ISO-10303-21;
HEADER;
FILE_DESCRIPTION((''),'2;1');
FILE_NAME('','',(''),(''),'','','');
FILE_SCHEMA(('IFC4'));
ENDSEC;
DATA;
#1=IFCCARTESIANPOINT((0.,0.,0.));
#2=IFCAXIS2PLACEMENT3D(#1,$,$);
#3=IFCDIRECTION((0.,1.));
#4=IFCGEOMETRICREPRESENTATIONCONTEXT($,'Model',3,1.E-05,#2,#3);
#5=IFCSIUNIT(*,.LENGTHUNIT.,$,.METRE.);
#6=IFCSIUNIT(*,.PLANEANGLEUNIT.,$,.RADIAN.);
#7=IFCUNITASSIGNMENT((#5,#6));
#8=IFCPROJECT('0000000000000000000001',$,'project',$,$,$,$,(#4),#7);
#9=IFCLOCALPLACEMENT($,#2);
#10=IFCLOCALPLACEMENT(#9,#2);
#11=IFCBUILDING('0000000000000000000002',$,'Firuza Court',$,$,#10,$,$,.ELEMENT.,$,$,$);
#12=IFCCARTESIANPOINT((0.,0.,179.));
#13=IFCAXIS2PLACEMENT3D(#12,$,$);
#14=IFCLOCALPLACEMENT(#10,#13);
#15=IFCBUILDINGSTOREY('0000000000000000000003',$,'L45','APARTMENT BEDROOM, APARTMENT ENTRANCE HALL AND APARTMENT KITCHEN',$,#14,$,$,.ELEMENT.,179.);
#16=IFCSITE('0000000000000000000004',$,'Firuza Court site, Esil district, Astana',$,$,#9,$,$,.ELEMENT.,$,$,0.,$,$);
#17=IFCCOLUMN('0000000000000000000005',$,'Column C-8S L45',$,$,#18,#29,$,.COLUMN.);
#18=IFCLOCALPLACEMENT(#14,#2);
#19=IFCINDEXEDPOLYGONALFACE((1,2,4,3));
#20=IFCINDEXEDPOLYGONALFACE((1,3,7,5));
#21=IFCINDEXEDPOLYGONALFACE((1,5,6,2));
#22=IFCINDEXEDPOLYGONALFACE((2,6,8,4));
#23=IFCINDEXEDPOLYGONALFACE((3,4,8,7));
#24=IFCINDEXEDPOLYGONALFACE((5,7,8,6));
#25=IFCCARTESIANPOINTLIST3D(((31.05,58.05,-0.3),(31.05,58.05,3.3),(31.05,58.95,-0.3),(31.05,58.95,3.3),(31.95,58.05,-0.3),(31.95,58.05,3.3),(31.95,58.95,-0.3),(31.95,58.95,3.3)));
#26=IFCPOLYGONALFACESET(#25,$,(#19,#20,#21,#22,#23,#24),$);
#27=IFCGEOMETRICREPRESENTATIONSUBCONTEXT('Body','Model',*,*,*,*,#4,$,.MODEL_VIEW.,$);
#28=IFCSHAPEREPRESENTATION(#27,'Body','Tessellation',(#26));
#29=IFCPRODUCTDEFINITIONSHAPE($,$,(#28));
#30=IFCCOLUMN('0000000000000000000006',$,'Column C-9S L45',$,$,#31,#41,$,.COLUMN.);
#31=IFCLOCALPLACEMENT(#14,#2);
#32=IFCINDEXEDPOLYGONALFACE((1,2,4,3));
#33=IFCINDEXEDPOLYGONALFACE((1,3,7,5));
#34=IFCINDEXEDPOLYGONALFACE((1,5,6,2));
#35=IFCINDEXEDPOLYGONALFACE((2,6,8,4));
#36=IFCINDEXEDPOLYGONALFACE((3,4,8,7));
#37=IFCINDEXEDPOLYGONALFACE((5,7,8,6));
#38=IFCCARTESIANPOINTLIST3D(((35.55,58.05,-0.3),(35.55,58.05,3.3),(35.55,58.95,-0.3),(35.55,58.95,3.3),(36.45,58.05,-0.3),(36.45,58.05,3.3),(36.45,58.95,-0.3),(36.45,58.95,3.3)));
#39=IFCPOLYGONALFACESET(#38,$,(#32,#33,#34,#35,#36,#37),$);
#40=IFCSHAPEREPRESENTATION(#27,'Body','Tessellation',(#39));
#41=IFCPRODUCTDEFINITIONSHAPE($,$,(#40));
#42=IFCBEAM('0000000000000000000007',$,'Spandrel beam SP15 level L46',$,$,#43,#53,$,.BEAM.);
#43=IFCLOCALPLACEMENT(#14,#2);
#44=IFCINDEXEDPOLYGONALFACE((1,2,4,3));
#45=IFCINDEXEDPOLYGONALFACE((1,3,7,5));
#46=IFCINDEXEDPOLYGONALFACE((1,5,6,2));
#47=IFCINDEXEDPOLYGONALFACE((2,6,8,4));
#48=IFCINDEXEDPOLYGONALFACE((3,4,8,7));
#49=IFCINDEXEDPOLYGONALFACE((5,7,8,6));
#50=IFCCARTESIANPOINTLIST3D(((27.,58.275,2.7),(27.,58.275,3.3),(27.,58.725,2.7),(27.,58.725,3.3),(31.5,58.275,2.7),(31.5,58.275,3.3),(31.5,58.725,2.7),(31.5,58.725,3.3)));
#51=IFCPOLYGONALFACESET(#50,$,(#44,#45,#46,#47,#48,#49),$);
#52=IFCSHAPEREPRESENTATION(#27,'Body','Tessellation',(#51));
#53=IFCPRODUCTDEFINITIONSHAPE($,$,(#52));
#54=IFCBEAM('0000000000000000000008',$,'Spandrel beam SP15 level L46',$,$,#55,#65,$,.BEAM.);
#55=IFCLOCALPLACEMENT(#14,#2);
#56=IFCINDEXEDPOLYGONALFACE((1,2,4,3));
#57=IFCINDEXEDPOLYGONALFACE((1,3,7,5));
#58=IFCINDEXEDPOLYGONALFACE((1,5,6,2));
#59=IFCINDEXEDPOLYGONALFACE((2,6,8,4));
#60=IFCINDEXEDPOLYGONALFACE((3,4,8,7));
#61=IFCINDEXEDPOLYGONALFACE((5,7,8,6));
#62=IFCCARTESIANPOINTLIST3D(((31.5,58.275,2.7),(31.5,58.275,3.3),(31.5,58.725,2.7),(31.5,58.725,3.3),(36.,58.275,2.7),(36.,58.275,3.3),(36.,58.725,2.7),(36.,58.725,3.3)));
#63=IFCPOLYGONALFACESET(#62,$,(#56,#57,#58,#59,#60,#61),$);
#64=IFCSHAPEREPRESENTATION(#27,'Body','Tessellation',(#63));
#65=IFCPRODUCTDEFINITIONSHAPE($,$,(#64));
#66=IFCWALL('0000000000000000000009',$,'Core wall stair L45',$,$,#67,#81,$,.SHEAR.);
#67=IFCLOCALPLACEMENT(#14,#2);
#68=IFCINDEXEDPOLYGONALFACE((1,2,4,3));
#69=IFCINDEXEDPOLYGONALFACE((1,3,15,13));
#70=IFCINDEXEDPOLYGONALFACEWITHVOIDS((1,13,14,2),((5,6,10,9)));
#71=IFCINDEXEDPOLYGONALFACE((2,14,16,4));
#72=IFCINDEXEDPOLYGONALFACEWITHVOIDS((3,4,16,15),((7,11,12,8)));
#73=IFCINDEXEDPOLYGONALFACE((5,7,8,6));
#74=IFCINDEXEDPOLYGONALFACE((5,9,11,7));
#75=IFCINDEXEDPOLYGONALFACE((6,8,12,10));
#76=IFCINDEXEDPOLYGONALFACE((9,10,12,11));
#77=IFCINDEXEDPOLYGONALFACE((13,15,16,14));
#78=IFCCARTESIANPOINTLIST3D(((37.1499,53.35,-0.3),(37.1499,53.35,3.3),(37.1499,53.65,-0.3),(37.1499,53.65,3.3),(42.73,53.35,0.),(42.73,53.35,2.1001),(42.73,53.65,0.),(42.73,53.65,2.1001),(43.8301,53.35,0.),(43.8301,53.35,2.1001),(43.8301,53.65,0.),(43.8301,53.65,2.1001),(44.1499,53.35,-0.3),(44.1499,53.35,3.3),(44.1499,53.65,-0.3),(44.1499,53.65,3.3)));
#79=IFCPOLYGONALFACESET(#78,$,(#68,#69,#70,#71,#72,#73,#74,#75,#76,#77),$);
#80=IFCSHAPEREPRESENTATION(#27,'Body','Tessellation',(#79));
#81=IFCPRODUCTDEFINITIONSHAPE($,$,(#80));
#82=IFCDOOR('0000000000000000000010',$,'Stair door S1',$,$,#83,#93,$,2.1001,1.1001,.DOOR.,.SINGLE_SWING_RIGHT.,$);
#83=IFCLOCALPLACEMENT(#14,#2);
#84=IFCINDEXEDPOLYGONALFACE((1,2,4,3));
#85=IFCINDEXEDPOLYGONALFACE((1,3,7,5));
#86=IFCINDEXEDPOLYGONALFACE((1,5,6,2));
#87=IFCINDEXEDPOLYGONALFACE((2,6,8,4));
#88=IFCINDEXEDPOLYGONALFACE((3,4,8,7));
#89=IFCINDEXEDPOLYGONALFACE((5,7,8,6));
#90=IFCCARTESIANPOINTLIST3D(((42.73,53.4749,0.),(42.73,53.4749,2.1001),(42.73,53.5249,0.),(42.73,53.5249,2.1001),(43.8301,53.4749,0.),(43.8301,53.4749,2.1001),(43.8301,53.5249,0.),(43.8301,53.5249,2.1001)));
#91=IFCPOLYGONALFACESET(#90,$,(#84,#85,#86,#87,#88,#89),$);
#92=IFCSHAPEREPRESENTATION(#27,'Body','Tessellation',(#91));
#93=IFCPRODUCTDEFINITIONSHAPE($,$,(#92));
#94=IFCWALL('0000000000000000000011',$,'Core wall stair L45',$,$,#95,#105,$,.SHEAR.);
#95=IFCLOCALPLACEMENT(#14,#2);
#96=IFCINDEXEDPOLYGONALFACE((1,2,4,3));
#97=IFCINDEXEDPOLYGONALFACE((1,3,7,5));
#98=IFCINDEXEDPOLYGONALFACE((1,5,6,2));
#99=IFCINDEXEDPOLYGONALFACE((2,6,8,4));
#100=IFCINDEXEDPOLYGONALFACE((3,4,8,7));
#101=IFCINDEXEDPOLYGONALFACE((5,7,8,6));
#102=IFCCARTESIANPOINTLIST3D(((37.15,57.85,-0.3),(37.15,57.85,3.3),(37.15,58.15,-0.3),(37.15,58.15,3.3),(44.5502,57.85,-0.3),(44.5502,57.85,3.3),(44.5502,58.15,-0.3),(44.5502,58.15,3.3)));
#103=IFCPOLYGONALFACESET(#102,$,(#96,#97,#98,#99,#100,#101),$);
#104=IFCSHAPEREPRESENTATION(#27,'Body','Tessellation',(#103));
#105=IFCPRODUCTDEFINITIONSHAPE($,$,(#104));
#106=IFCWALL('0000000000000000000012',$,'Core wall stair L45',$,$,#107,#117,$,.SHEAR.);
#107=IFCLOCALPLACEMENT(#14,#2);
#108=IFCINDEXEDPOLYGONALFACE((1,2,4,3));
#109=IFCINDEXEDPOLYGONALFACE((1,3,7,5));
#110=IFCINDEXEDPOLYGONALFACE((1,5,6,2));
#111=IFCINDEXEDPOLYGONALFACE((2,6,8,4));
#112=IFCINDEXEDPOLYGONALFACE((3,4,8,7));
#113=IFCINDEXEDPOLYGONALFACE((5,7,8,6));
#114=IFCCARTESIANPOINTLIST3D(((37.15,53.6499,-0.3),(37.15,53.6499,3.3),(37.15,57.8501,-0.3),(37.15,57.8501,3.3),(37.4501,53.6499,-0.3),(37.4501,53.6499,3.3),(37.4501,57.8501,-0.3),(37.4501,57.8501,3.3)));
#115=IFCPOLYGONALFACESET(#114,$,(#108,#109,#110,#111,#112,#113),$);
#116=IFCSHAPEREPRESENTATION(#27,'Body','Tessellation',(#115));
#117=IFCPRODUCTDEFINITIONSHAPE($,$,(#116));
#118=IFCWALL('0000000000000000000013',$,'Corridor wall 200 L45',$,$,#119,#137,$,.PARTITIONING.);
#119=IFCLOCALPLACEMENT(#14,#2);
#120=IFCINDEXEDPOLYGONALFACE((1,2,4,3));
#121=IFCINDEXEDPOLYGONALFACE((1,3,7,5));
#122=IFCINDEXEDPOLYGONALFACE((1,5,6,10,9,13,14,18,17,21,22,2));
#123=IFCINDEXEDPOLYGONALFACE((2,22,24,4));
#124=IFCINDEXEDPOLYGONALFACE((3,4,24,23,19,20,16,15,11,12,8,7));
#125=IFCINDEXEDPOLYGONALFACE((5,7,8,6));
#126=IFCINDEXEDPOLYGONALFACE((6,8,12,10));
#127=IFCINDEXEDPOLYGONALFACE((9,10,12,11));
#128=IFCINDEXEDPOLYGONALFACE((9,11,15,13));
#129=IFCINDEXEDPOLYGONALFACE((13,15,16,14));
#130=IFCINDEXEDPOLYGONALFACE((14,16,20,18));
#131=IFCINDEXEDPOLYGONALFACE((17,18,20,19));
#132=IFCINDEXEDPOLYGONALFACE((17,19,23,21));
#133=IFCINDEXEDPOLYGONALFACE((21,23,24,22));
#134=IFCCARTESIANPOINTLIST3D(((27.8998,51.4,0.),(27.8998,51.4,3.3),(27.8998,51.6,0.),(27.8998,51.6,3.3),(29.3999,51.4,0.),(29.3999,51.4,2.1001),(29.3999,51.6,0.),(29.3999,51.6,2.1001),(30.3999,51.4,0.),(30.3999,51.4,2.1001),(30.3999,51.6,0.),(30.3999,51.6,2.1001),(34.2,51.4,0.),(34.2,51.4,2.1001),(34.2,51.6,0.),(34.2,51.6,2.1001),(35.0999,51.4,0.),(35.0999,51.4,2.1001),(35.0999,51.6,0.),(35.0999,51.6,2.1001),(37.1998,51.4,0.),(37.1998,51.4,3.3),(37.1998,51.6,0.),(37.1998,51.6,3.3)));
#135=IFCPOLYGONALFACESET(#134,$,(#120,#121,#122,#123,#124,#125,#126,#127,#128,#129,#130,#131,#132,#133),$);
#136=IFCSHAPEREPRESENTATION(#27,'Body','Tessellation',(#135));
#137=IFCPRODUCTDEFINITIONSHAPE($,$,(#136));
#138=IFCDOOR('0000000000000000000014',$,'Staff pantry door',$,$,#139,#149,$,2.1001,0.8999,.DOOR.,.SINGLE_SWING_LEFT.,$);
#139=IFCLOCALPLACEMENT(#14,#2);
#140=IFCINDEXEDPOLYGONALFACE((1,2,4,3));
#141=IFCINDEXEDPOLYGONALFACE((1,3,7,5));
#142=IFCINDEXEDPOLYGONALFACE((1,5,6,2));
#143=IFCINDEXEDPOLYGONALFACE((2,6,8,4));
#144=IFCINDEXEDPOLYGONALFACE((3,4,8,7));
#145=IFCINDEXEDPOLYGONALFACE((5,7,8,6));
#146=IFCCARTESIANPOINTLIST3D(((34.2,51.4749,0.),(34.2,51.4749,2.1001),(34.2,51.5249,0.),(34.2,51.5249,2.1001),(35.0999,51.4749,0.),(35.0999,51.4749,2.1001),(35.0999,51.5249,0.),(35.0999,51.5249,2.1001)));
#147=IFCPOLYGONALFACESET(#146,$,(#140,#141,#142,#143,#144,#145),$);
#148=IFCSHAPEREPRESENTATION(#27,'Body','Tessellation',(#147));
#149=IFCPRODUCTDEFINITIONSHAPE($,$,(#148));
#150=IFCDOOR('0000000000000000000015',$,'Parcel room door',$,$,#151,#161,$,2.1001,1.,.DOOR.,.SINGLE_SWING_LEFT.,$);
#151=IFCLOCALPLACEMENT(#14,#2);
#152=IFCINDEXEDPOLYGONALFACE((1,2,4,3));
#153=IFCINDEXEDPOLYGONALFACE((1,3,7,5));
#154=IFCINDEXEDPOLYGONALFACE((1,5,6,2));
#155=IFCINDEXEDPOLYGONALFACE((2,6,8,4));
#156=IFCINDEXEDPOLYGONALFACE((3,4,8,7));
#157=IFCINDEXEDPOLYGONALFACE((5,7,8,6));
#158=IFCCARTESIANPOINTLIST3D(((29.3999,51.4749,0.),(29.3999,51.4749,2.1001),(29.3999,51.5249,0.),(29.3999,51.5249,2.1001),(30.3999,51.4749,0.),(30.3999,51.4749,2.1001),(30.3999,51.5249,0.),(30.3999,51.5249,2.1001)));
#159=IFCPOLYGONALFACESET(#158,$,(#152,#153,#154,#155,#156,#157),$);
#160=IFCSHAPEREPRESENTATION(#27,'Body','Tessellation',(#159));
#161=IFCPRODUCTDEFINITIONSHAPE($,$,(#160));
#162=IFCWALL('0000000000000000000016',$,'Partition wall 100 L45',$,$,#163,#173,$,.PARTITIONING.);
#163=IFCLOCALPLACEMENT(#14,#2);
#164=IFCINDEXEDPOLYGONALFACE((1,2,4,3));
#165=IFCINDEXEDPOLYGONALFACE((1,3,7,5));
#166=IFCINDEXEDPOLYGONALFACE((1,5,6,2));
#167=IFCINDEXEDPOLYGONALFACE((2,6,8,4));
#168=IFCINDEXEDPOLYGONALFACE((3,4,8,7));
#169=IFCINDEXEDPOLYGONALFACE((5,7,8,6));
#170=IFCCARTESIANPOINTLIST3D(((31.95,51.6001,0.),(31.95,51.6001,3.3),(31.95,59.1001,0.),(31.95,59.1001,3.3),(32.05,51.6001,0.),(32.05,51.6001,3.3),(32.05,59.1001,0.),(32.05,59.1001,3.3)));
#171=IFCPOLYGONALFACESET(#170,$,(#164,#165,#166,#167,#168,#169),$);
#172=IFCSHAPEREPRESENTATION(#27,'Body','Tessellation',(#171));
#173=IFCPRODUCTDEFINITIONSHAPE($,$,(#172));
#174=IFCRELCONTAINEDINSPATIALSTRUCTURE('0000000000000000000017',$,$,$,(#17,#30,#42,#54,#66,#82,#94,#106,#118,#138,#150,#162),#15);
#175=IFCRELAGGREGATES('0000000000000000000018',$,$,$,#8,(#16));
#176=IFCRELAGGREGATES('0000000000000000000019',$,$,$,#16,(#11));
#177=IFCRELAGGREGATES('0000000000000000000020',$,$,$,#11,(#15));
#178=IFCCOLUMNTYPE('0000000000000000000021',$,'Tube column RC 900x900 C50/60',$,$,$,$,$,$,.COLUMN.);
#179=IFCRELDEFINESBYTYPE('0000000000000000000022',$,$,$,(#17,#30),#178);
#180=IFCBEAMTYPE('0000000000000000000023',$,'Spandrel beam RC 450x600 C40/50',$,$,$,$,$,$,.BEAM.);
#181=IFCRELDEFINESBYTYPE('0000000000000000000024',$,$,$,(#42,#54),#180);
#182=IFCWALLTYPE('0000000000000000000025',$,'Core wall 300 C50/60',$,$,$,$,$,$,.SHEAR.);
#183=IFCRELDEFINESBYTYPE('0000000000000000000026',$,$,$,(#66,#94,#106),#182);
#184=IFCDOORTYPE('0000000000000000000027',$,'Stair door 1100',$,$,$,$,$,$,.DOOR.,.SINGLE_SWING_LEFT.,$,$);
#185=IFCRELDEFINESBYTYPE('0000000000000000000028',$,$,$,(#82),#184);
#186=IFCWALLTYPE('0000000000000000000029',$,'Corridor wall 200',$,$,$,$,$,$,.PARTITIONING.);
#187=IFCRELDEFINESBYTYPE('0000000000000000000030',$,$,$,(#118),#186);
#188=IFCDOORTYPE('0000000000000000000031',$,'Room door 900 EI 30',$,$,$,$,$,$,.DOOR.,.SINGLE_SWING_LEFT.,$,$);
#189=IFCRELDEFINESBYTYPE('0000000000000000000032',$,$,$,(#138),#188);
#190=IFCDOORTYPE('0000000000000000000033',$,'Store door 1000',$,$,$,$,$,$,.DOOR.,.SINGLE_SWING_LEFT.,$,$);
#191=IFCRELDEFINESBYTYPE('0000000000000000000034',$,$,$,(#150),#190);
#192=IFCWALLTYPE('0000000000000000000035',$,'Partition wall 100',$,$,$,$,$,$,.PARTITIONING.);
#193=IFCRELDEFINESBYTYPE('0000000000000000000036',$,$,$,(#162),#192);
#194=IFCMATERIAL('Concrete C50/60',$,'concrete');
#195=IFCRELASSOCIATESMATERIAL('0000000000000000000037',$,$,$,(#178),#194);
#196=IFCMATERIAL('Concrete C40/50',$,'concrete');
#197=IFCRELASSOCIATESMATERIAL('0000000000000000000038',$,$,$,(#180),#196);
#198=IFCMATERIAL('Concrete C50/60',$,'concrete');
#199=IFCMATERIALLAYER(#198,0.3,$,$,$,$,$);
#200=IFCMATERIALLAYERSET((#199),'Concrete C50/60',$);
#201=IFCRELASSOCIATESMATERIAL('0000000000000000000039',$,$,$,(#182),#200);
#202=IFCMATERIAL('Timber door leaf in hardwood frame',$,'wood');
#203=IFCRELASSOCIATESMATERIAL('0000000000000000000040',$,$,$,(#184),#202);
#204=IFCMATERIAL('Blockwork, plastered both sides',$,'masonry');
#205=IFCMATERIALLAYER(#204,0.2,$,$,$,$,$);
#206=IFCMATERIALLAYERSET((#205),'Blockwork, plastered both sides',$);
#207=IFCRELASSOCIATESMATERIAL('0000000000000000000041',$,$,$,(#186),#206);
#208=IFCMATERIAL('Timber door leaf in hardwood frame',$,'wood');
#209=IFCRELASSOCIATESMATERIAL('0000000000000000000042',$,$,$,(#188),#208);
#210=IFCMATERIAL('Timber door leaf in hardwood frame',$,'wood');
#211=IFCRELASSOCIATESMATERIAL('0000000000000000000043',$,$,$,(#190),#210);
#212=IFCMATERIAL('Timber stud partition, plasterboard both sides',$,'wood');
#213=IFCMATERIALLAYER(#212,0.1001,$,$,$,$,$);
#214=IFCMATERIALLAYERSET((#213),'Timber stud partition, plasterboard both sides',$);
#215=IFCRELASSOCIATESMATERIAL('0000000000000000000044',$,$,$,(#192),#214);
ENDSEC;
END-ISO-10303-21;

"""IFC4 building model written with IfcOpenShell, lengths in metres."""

from ifc_helpers import new_model, si_unit, direction, frame, frame_2d, origin, origin_2d, place, context, subcontext, project, spatial, rectangle, extrude, material, layer, layer_set, material_profile, profile_set, type_object, element, fill, save


model = new_model("IFC4")

# Units and contexts
model_context = context("Model", 3, precision=1e-05, world=origin(), true_north=direction((0.0, 1.0)))
body_context = subcontext(model_context, "Body", "Model", "MODEL_VIEW")
ifc_project = project(units=[si_unit("LENGTHUNIT", "METRE"), si_unit("PLANEANGLEUNIT", "RADIAN")], contexts=[model_context])

# Site, building, storey
site_placement = place(None, origin())
site = spatial("IfcSite", under=ifc_project, at=site_placement, Name="Firuza Court site, Esil district, Astana", CompositionType="ELEMENT", RefElevation=0.0)
building_placement = place(site_placement, origin())
building = spatial("IfcBuilding", under=site, at=building_placement, Name="Firuza Court", CompositionType="ELEMENT")
storey_placement = place(building_placement, frame((0.0, 0.0, 179.0)))
storey = spatial("IfcBuildingStorey", under=building, at=storey_placement, Name="L45", Description="APARTMENT BEDROOM, APARTMENT ENTRANCE HALL AND APARTMENT KITCHEN", CompositionType="ELEMENT", Elevation=179.0)

# Columns
ifc_material_1 = material(Name="Concrete C50/60", Category="concrete")
ifc_material_profile_1 = material_profile(ifc_material_1, rectangle(XDim=0.8999, YDim=0.8999, at=origin_2d()), Name="RC 900x900")
ifc_profile_set_1 = profile_set([ifc_material_profile_1], Name="Concrete C50/60")
column_type = type_object("IfcColumnType", Name="Tube column RC 900x900 C50/60", PredefinedType="COLUMN", material=ifc_profile_set_1)
for number, where, z_axis, x_axis, name in (
    (1, (31.5, 58.5, -0.3), (0.0, 0.0, 1.0), (1.0, 0.0, 0.0), "Column C-8S L45"),
    (2, (36.0, 58.5, -0.3), (0.0, 0.0, 1.0), (1.0, 0.0, 0.0), "Column C-9S L45"),
):
    element("IfcColumn", number, at=place(storey_placement, frame(where, z_axis=z_axis, x_axis=x_axis)), inside=storey, type_object=column_type, Name=name, PredefinedType="COLUMN", context=body_context, shape_type="SweptSolid", body=[
        extrude(rectangle(XDim=0.8999, YDim=0.8999, at=origin_2d()), origin(), (0.0, 0.0, 1.0), 3.6001),
    ])

# Beams
ifc_material_2 = material(Name="Concrete C40/50", Category="concrete")
ifc_material_profile_2 = material_profile(ifc_material_2, rectangle(XDim=0.45, YDim=0.6001, at=origin_2d()), Name="RC 450x600")
ifc_profile_set_2 = profile_set([ifc_material_profile_2], Name="Concrete C40/50")
beam_type = type_object("IfcBeamType", Name="Spandrel beam RC 450x600 C40/50", PredefinedType="BEAM", material=ifc_profile_set_2)
for number, where, z_axis, x_axis, name in (
    (3, (31.5, 58.5, 3.0), (-1.0, 0.0, 0.0), (0.0, -1.0, 0.0), "Spandrel beam SP15 level L46"),
    (4, (36.0, 58.5, 3.0), (-1.0, 0.0, 0.0), (0.0, -1.0, 0.0), "Spandrel beam SP15 level L46"),
):
    element("IfcBeam", number, at=place(storey_placement, frame(where, z_axis=z_axis, x_axis=x_axis)), inside=storey, type_object=beam_type, Name=name, PredefinedType="BEAM", context=body_context, shape_type="SweptSolid", body=[
        extrude(rectangle(XDim=0.45, YDim=0.6001, at=origin_2d()), origin(), (0.0, 0.0, 1.0), 4.5),
    ])

# Wall, opening, door
ifc_material_3 = material(Name="Concrete C50/60", Category="concrete")
ifc_layer_1 = layer(ifc_material_3, 0.3)
ifc_layer_set_1 = layer_set([ifc_layer_1], Name="Concrete C50/60")
wall_type_1 = type_object("IfcWallType", Name="Core wall 300 C50/60", PredefinedType="SHEAR", material=ifc_layer_set_1)
wall_1_placement = place(storey_placement, frame((37.1499, 53.5, -0.3), z_axis=(0.0, 0.0, 1.0), x_axis=(1.0, 0.0, 0.0)))
wall_1 = element("IfcWall", 5, at=wall_1_placement, inside=storey, type_object=wall_type_1, Name="Core wall stair L45", PredefinedType="SHEAR", context=body_context, shape_type="SweptSolid", body=[
    extrude(rectangle(XDim=7.0, YDim=0.3, at=frame_2d((3.5, 0.0))), origin(), (0.0, 0.0, 1.0), 3.6001),
])
opening_1_placement = place(wall_1_placement, frame((5.5801, 0.0, 0.3)))
opening_1 = element("IfcOpeningElement", 6, at=opening_1_placement, cuts=wall_1, PredefinedType="OPENING", context=body_context, shape_type="SweptSolid", body=[
    extrude(rectangle(XDim=1.1001, YDim=2.1001, at=frame_2d((0.55, 1.05))), frame((0.0, 0.1621, 0.0), z_axis=(0.0, -1.0, 0.0), x_axis=(1.0, 0.0, 0.0)), (0.0, 0.0, 1.0), 0.324),
])
ifc_material_4 = material(Name="Timber door leaf in hardwood frame", Category="wood")
door_type_1 = type_object("IfcDoorType", Name="Stair door 1100", OperationType="SINGLE_SWING_LEFT", PredefinedType="DOOR", material=ifc_material_4)
door_1_placement = place(opening_1_placement, origin())
door_1 = element("IfcDoor", 7, at=door_1_placement, inside=storey, type_object=door_type_1, Name="Stair door S1", OperationType="SINGLE_SWING_RIGHT", OverallHeight=2.1001, OverallWidth=1.1001, PredefinedType="DOOR", context=body_context, shape_type="SweptSolid", body=[
    extrude(rectangle(XDim=1.1001, YDim=2.1001, at=frame_2d((0.55, 1.05))), frame((0.0, 0.0249, 0.0), z_axis=(0.0, -1.0, 0.0), x_axis=(1.0, 0.0, 0.0)), (0.0, 0.0, 1.0), 0.05),
])
fill(opening_1, door_1)

# Walls
wall_2_placement = place(storey_placement, frame((37.1499, 58.0, -0.3), z_axis=(0.0, 0.0, 1.0), x_axis=(1.0, 0.0, 0.0)))
element("IfcWall", 8, at=wall_2_placement, inside=storey, type_object=wall_type_1, Name="Core wall stair L45", PredefinedType="SHEAR", context=body_context, shape_type="SweptSolid", body=[
    extrude(rectangle(XDim=7.4001, YDim=0.3, at=frame_2d((3.7002, 0.0))), origin(), (0.0, 0.0, 1.0), 3.6001),
])
wall_3_placement = place(storey_placement, frame((37.3, 53.6499, -0.3), z_axis=(0.0, 0.0, 1.0), x_axis=(0.0, 1.0, 0.0)))
element("IfcWall", 9, at=wall_3_placement, inside=storey, type_object=wall_type_1, Name="Core wall stair L45", PredefinedType="SHEAR", context=body_context, shape_type="SweptSolid", body=[
    extrude(rectangle(XDim=4.2002, YDim=0.3, at=frame_2d((2.1001, 0.0))), origin(), (0.0, 0.0, 1.0), 3.6001),
])

# Wall, openings, doors
ifc_material_5 = material(Name="Blockwork, plastered both sides", Category="masonry")
ifc_layer_2 = layer(ifc_material_5, 0.2)
ifc_layer_set_2 = layer_set([ifc_layer_2], Name="Blockwork, plastered both sides")
wall_type_2 = type_object("IfcWallType", Name="Corridor wall 200", PredefinedType="PARTITIONING", material=ifc_layer_set_2)
wall_4_placement = place(storey_placement, frame((27.8999, 51.5, 0.0), z_axis=(0.0, 0.0, 1.0), x_axis=(1.0, 0.0, 0.0)))
wall_4 = element("IfcWall", 10, at=wall_4_placement, inside=storey, type_object=wall_type_2, Name="Corridor wall 200 L45", PredefinedType="PARTITIONING", context=body_context, shape_type="SweptSolid", body=[
    extrude(rectangle(XDim=9.3, YDim=0.2, at=frame_2d((4.6499, 0.0))), origin(), (0.0, 0.0, 1.0), 3.3),
])
opening_2_placement = place(wall_4_placement, frame((1.5, 0.0, 0.0)))
opening_2 = element("IfcOpeningElement", 11, at=opening_2_placement, cuts=wall_4, PredefinedType="OPENING", context=body_context, shape_type="SweptSolid", body=[
    extrude(rectangle(XDim=1.0, YDim=2.1001, at=frame_2d((0.5, 1.05))), frame((0.0, 0.1118, 0.0), z_axis=(0.0, -1.0, 0.0), x_axis=(1.0, 0.0, 0.0)), (0.0, 0.0, 1.0), 0.2239),
])
opening_3_placement = place(wall_4_placement, frame((6.3, 0.0, 0.0)))
opening_3 = element("IfcOpeningElement", 12, at=opening_3_placement, cuts=wall_4, PredefinedType="OPENING", context=body_context, shape_type="SweptSolid", body=[
    extrude(rectangle(XDim=0.8999, YDim=2.1001, at=frame_2d((0.45, 1.05))), frame((0.0, 0.1118, 0.0), z_axis=(0.0, -1.0, 0.0), x_axis=(1.0, 0.0, 0.0)), (0.0, 0.0, 1.0), 0.2239),
])
ifc_material_6 = material(Name="Timber door leaf in hardwood frame", Category="wood")
door_type_2 = type_object("IfcDoorType", Name="Room door 900 EI 30", OperationType="SINGLE_SWING_LEFT", PredefinedType="DOOR", material=ifc_material_6)
door_2_placement = place(opening_3_placement, origin())
door_2 = element("IfcDoor", 13, at=door_2_placement, inside=storey, type_object=door_type_2, Name="Staff pantry door", OperationType="SINGLE_SWING_LEFT", OverallHeight=2.1001, OverallWidth=0.8999, PredefinedType="DOOR", context=body_context, shape_type="SweptSolid", body=[
    extrude(rectangle(XDim=0.8999, YDim=2.1001, at=frame_2d((0.45, 1.05))), frame((0.0, 0.0249, 0.0), z_axis=(0.0, -1.0, 0.0), x_axis=(1.0, 0.0, 0.0)), (0.0, 0.0, 1.0), 0.05),
])
fill(opening_3, door_2)
ifc_material_7 = material(Name="Timber door leaf in hardwood frame", Category="wood")
door_type_3 = type_object("IfcDoorType", Name="Store door 1000", OperationType="SINGLE_SWING_LEFT", PredefinedType="DOOR", material=ifc_material_7)
door_3_placement = place(opening_2_placement, origin())
door_3 = element("IfcDoor", 14, at=door_3_placement, inside=storey, type_object=door_type_3, Name="Parcel room door", OperationType="SINGLE_SWING_LEFT", OverallHeight=2.1001, OverallWidth=1.0, PredefinedType="DOOR", context=body_context, shape_type="SweptSolid", body=[
    extrude(rectangle(XDim=1.0, YDim=2.1001, at=frame_2d((0.5, 1.05))), frame((0.0, 0.0249, 0.0), z_axis=(0.0, -1.0, 0.0), x_axis=(1.0, 0.0, 0.0)), (0.0, 0.0, 1.0), 0.05),
])
fill(opening_2, door_3)

# Wall
ifc_material_8 = material(Name="Timber stud partition, plasterboard both sides", Category="wood")
ifc_layer_3 = layer(ifc_material_8, 0.1001)
ifc_layer_set_3 = layer_set([ifc_layer_3], Name="Timber stud partition, plasterboard both sides")
wall_type_3 = type_object("IfcWallType", Name="Partition wall 100", PredefinedType="PARTITIONING", material=ifc_layer_set_3)
wall_5_placement = place(storey_placement, frame((32.0, 51.6001, 0.0), z_axis=(0.0, 0.0, 1.0), x_axis=(0.0, 1.0, 0.0)))
element("IfcWall", 15, at=wall_5_placement, inside=storey, type_object=wall_type_3, Name="Partition wall 100 L45", PredefinedType="PARTITIONING", context=body_context, shape_type="SweptSolid", body=[
    extrude(rectangle(XDim=7.5, YDim=0.1001, at=frame_2d((3.75, 0.0))), origin(), (0.0, 0.0, 1.0), 3.3),
])

save(model, "model.ifc")
